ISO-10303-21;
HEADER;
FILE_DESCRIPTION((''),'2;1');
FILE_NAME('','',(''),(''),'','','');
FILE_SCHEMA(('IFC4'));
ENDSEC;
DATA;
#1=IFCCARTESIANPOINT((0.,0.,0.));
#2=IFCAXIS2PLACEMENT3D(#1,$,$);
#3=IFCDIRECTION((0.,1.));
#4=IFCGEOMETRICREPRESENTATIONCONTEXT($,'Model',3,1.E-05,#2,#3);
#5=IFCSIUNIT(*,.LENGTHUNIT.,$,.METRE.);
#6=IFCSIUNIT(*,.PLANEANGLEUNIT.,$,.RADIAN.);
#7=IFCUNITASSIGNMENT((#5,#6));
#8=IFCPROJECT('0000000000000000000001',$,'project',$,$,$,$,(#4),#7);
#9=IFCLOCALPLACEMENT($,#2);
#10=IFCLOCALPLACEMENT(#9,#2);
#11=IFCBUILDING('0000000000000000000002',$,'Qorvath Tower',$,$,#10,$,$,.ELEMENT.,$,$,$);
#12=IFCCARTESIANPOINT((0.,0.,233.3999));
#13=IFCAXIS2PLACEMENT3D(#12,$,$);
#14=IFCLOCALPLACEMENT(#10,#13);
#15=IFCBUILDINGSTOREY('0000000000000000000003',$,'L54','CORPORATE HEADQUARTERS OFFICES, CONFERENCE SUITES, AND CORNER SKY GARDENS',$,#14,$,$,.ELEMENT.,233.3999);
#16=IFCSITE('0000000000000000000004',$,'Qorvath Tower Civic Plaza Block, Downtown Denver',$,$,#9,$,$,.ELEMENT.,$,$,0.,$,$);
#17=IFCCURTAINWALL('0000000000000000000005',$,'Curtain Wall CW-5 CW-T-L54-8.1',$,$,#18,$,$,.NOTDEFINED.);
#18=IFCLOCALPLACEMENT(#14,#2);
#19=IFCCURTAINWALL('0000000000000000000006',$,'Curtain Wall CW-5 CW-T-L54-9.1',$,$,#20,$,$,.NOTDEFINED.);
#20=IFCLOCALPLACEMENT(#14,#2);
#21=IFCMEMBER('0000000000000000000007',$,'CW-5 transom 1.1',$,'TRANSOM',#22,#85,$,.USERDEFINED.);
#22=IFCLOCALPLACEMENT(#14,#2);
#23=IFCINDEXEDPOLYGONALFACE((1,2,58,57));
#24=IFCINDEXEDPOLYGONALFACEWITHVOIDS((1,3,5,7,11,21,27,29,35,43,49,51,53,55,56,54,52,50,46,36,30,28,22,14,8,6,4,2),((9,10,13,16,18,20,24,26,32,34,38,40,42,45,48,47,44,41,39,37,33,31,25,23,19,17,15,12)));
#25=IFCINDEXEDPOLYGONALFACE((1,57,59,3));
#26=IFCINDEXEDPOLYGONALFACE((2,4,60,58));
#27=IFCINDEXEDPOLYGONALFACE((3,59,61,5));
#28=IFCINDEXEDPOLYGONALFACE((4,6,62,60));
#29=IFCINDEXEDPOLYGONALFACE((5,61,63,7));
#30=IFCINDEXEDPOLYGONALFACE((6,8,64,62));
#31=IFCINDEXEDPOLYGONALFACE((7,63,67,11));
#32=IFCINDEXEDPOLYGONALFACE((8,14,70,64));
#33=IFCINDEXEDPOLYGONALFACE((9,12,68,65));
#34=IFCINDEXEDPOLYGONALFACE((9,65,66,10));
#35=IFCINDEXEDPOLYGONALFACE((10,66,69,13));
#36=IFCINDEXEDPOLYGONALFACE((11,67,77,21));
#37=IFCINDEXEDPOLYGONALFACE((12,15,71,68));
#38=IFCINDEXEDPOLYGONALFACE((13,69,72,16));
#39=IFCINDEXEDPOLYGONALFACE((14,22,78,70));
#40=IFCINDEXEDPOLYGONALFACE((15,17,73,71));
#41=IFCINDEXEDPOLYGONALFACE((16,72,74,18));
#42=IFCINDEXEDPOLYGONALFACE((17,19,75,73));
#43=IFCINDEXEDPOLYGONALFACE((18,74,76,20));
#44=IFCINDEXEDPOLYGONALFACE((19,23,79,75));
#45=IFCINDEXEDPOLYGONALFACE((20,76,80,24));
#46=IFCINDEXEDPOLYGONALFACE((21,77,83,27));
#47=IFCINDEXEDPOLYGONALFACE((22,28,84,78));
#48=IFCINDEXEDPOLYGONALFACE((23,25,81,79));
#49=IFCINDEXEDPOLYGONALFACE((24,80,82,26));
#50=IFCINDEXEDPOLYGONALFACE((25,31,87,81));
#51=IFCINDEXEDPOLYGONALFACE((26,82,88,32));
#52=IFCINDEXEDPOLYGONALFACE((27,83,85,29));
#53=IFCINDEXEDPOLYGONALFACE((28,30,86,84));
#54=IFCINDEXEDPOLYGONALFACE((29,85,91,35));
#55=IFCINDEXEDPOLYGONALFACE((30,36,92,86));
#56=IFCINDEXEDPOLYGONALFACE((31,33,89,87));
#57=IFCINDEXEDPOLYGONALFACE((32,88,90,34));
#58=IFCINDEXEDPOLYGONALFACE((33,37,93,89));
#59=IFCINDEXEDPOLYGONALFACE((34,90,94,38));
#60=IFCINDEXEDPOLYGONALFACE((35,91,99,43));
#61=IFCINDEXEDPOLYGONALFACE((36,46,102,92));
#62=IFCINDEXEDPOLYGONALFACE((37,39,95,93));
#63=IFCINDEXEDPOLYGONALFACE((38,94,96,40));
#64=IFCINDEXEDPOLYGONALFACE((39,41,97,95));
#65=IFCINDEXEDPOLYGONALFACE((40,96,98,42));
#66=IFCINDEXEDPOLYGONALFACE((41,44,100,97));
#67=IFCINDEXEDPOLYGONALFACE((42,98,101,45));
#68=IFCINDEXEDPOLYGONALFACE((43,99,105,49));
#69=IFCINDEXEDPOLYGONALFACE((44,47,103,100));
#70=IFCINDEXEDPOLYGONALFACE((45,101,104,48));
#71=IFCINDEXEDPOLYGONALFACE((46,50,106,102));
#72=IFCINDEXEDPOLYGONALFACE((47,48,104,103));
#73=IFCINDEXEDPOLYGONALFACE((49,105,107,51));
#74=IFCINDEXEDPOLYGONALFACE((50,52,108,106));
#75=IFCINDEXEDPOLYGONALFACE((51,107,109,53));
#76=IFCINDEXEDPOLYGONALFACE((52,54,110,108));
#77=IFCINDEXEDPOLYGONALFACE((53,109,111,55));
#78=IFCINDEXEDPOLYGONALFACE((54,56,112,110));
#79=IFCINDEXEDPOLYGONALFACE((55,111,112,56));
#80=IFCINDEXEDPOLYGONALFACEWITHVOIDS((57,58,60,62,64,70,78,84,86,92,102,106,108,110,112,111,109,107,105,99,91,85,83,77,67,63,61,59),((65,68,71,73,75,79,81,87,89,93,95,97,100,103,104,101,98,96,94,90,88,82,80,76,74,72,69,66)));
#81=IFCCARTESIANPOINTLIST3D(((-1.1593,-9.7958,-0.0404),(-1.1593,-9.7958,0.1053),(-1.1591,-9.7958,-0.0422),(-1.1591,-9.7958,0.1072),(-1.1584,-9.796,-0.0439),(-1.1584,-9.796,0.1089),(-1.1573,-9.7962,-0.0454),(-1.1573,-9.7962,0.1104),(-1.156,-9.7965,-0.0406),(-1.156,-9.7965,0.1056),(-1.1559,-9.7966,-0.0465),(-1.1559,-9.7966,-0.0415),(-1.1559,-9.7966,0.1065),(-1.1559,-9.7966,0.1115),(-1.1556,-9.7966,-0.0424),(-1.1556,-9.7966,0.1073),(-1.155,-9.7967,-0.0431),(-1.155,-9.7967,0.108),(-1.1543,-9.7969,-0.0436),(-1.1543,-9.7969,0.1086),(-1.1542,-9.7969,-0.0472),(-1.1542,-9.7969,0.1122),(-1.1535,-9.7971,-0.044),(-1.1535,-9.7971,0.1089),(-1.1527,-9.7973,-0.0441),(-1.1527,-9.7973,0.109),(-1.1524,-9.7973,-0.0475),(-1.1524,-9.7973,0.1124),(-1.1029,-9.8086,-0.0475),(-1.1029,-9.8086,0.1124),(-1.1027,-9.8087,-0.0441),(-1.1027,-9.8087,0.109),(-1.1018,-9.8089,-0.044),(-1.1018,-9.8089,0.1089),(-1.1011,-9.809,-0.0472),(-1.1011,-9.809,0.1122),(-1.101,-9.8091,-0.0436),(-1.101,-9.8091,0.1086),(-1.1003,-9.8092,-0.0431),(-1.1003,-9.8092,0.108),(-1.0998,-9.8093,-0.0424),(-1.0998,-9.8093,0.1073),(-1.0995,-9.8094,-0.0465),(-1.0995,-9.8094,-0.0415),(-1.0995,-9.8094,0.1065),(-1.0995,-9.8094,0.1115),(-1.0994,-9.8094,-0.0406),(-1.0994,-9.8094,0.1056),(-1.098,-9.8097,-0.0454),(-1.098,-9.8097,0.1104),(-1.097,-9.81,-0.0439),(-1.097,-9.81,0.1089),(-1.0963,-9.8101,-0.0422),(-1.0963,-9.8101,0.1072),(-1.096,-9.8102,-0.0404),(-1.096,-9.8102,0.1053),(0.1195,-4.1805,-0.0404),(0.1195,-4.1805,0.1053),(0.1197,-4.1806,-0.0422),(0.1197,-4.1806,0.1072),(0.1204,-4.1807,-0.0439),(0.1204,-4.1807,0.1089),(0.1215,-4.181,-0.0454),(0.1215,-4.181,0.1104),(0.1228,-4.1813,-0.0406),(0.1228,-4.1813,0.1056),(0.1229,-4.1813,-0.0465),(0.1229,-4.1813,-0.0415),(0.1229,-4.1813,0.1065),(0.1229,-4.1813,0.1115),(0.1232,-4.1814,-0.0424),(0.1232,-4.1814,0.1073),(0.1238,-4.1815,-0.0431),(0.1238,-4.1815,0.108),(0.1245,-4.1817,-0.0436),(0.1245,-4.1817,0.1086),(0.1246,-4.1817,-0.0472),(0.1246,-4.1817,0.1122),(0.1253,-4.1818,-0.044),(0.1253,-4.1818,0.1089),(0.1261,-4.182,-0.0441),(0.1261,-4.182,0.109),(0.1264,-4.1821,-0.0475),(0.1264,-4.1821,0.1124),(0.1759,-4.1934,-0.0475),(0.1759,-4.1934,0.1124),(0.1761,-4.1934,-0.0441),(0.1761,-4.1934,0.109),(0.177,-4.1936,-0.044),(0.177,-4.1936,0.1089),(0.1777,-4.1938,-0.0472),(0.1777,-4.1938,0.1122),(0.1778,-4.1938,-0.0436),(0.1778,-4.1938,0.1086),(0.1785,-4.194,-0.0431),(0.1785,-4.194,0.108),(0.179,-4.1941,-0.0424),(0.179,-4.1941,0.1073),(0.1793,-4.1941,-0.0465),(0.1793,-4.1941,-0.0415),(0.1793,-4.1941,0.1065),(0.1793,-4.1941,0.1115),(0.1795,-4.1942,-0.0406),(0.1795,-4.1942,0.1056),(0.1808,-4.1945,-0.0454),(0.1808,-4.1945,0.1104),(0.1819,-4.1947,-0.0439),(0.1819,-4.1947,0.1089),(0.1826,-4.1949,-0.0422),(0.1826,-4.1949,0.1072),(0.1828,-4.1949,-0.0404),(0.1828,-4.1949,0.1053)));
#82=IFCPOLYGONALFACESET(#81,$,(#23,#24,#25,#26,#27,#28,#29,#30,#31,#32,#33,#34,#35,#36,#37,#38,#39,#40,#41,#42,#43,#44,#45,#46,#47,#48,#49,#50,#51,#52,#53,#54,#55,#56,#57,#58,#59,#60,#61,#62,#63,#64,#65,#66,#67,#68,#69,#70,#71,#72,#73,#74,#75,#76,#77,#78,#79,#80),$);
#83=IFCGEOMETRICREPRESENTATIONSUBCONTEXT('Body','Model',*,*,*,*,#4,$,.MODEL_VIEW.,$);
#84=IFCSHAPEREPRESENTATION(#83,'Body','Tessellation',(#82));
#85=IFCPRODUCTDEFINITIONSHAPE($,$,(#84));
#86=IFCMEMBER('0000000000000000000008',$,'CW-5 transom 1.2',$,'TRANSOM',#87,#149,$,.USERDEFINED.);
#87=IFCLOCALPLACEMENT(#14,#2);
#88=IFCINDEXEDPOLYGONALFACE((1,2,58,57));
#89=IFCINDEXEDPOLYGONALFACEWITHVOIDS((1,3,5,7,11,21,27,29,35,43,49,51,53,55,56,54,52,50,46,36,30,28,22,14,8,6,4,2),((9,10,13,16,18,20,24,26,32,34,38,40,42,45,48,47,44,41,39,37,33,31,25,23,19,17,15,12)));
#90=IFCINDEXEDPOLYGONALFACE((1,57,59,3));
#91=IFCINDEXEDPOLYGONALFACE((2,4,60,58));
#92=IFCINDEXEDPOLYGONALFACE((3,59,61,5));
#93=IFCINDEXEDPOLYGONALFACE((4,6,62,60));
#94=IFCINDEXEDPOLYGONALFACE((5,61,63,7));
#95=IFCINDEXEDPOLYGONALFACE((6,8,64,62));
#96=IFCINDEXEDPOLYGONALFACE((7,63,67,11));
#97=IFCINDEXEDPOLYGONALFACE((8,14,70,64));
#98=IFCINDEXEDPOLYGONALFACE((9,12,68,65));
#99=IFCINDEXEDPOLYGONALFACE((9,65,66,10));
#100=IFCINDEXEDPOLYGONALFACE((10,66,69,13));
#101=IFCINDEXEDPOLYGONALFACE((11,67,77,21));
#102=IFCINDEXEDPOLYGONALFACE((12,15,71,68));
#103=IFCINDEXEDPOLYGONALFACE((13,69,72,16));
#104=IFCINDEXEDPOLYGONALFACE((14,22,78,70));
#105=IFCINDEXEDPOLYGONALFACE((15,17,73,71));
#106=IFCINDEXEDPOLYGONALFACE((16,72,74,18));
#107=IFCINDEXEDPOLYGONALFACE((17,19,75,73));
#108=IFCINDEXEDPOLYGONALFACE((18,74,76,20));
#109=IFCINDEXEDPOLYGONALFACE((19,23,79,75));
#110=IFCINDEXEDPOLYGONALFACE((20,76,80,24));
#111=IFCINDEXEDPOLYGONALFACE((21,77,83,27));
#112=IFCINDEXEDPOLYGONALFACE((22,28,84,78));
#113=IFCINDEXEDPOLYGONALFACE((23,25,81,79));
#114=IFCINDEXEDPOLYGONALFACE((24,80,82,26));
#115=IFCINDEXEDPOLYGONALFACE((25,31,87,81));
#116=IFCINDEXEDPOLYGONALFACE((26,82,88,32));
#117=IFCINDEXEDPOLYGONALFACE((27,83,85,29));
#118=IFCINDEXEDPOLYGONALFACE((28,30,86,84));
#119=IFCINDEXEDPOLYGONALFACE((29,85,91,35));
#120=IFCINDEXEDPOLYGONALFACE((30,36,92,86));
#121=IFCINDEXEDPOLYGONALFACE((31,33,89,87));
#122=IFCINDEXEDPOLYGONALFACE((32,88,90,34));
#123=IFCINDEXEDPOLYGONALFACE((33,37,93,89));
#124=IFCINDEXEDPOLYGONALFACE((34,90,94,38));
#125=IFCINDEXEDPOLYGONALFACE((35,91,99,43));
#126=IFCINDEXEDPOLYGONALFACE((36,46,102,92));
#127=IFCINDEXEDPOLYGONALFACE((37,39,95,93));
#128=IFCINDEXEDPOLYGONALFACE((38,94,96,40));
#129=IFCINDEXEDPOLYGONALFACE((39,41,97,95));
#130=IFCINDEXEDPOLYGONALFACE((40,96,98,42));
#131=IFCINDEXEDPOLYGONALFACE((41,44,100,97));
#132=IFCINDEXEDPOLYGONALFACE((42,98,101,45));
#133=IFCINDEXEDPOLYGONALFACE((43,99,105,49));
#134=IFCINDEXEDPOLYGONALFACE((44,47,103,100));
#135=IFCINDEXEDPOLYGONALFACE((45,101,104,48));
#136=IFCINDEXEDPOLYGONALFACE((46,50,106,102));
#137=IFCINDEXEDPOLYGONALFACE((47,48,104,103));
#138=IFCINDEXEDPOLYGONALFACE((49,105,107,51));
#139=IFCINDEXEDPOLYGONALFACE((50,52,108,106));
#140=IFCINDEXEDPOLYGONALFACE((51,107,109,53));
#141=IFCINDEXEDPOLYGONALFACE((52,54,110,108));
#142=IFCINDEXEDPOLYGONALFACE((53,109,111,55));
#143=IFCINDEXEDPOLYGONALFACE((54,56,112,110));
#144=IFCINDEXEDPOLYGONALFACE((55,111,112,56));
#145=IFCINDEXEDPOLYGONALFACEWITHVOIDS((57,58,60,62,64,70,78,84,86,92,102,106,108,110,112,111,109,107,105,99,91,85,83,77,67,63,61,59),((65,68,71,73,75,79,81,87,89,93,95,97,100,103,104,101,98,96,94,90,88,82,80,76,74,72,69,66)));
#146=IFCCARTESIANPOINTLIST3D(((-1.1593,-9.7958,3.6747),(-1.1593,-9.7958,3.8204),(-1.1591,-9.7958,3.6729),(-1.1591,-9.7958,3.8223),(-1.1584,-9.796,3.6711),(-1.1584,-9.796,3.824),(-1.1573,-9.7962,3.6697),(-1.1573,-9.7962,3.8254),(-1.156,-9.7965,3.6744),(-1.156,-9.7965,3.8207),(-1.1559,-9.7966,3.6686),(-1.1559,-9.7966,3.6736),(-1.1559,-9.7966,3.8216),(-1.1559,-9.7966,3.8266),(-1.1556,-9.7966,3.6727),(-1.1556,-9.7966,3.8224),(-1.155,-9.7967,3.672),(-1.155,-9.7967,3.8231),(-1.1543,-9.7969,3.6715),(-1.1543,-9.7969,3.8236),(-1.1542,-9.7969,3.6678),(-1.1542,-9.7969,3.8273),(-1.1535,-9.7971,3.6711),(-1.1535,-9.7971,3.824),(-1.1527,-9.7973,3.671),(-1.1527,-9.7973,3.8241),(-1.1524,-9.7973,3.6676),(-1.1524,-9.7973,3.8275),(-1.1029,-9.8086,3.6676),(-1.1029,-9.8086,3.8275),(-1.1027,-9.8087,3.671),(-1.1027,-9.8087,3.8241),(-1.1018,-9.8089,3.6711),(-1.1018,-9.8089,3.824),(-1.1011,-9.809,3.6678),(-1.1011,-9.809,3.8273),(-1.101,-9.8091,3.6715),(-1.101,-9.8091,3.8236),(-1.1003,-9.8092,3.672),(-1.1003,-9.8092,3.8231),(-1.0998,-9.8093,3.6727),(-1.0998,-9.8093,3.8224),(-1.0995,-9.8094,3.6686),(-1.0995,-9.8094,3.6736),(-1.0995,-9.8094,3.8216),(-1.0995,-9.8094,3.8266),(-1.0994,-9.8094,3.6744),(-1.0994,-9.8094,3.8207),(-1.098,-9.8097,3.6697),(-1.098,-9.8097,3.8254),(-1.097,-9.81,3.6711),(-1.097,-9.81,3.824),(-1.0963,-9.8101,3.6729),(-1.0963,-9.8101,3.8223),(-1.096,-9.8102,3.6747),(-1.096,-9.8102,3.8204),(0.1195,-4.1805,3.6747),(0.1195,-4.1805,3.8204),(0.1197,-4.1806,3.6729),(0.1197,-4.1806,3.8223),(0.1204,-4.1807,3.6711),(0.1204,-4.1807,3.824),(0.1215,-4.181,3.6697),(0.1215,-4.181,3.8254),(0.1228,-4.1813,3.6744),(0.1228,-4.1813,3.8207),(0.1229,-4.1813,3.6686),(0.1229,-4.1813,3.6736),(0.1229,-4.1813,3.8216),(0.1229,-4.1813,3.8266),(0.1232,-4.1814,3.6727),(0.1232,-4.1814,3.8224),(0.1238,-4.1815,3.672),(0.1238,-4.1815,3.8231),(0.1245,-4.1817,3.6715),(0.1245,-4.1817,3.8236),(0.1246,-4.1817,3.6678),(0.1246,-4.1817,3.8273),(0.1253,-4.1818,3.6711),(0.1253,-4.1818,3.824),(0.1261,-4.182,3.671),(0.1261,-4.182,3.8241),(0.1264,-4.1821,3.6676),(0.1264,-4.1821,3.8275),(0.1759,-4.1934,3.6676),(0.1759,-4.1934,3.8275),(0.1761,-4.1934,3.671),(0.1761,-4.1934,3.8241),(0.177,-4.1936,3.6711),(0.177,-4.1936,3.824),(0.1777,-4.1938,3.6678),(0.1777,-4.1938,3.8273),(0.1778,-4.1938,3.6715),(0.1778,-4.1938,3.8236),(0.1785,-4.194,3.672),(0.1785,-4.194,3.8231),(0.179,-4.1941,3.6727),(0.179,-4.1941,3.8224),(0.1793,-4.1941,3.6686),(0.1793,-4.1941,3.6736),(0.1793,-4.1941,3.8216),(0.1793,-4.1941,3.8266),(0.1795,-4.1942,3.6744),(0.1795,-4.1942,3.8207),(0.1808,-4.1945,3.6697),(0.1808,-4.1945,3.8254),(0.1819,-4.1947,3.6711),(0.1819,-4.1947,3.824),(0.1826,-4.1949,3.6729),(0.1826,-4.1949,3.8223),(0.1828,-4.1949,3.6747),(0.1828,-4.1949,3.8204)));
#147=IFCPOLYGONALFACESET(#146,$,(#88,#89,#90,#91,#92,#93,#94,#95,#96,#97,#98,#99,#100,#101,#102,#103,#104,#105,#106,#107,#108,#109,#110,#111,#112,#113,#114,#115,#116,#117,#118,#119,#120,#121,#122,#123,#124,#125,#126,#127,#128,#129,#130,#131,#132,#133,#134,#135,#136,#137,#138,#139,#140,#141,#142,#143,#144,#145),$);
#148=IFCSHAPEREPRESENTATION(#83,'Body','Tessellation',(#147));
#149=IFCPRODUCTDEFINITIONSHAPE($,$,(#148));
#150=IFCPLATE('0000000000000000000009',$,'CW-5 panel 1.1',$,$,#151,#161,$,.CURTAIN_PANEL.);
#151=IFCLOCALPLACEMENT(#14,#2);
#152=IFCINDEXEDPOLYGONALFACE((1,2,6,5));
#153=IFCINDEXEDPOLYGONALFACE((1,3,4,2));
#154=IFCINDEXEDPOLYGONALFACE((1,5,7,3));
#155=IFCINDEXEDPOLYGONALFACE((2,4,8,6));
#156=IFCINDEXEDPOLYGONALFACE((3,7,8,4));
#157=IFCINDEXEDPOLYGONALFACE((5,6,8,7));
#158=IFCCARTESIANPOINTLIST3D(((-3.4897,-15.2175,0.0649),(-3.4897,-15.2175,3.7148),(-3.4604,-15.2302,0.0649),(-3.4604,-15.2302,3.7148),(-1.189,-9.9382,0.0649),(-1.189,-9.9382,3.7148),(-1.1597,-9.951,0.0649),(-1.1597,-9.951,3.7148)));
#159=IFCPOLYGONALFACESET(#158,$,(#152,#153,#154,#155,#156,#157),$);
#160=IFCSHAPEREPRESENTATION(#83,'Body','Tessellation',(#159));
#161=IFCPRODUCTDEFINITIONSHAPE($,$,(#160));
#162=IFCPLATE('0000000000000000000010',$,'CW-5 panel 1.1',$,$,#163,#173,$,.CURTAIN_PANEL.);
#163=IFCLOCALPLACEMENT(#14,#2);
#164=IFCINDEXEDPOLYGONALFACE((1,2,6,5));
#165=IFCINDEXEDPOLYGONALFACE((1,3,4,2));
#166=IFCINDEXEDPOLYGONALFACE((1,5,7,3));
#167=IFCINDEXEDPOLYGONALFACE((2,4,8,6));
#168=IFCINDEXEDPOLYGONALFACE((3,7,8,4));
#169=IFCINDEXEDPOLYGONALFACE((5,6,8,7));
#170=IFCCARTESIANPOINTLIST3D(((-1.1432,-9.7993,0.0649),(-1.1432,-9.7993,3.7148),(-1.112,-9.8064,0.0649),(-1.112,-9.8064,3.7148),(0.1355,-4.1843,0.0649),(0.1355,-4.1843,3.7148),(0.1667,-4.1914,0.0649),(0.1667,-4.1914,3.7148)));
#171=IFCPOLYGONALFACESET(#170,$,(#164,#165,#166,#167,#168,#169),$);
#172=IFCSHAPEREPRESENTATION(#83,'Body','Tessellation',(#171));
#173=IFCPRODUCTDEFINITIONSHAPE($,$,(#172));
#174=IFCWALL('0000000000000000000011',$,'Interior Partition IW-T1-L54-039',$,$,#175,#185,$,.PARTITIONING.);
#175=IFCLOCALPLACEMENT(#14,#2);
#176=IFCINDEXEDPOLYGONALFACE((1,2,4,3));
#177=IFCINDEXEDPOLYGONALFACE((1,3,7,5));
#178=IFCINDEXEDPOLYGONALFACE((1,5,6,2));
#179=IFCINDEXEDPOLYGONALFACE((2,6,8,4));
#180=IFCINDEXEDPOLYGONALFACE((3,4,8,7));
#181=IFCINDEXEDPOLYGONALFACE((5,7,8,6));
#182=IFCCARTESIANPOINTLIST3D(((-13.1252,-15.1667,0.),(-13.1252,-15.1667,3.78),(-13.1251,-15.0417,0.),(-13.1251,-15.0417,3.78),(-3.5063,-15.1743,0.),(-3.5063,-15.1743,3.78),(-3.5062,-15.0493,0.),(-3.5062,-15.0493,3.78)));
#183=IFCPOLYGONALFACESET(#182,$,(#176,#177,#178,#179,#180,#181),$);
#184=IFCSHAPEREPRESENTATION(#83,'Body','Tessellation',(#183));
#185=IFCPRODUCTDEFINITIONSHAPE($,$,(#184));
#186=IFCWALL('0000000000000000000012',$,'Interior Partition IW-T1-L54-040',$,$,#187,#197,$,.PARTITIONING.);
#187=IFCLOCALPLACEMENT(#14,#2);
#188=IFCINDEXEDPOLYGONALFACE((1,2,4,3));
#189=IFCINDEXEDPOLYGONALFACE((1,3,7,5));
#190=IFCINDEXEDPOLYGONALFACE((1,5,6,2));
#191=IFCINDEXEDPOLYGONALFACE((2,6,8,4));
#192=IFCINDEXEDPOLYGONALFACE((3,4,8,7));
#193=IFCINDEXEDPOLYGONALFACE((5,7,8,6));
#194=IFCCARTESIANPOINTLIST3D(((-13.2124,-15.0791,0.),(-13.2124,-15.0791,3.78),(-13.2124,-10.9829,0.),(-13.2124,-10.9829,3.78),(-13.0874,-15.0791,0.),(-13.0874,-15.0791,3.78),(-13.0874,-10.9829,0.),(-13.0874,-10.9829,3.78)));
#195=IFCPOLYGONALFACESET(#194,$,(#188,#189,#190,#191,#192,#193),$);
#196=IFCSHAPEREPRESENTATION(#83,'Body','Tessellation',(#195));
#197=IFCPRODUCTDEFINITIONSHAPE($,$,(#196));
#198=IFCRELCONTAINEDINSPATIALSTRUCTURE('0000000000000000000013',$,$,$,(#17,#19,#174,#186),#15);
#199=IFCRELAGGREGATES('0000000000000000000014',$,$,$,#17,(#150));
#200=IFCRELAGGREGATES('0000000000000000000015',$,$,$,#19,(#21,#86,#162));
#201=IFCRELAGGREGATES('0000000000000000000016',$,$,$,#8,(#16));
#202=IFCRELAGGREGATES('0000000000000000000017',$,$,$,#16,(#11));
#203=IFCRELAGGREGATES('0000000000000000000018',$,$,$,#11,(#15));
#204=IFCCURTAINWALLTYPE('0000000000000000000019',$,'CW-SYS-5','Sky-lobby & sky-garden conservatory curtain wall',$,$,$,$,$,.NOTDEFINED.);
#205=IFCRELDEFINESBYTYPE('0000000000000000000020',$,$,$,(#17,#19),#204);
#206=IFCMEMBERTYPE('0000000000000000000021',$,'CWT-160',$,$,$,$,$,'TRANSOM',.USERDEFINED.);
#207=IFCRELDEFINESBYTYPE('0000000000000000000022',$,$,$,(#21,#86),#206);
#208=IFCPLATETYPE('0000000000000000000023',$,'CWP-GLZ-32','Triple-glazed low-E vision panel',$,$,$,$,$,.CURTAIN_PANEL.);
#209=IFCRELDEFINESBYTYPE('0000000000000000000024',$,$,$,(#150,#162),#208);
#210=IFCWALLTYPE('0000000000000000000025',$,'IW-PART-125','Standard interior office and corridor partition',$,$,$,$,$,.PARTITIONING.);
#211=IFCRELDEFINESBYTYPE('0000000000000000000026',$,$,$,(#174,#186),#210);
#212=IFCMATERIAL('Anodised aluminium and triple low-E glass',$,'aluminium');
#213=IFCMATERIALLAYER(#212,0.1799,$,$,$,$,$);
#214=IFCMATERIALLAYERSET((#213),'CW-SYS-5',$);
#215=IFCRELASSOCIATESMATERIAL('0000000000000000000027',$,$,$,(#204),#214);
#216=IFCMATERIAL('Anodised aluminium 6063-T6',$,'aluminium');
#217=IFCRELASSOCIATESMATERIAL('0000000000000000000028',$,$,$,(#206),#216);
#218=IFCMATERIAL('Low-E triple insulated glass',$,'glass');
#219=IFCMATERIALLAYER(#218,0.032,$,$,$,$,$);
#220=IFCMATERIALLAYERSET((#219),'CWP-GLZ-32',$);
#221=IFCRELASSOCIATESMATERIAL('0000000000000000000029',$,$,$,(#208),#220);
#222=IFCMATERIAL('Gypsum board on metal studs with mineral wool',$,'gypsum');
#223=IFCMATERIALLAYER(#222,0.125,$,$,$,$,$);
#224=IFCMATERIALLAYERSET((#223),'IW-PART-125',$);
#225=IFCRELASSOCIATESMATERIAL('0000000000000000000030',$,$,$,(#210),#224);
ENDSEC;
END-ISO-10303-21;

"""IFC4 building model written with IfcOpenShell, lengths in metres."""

from ifc_helpers import new_model, si_unit, direction, frame, frame_2d, origin, origin_2d, place, context, subcontext, project, spatial, rectangle, hollow_rectangle, extrude, material, layer, layer_set, material_profile, profile_set, type_object, element, aggregate, save


model = new_model("IFC4")

# Units and contexts
model_context = context("Model", 3, precision=1e-05, world=origin(), true_north=direction((0.0, 1.0)))
body_context = subcontext(model_context, "Body", "Model", "MODEL_VIEW")
ifc_project = project(units=[si_unit("LENGTHUNIT", "METRE"), si_unit("PLANEANGLEUNIT", "RADIAN")], contexts=[model_context])

# Site, building, storey
site_placement = place(None, origin())
site = spatial("IfcSite", under=ifc_project, at=site_placement, Name="Qorvath Tower Civic Plaza Block, Downtown Denver", CompositionType="ELEMENT", RefElevation=0.0)
building_placement = place(site_placement, origin())
building = spatial("IfcBuilding", under=site, at=building_placement, Name="Qorvath Tower", CompositionType="ELEMENT")
storey_placement = place(building_placement, frame((0.0, 0.0, 233.3999)))
storey = spatial("IfcBuildingStorey", under=building, at=storey_placement, Name="L54", Description="CORPORATE HEADQUARTERS OFFICES, CONFERENCE SUITES, AND CORNER SKY GARDENS", CompositionType="ELEMENT", Elevation=233.3999)

# Curtain walls
ifc_material_1 = material(Name="Anodised aluminium and triple low-E glass", Category="aluminium")
ifc_layer_1 = layer(ifc_material_1, 0.1799)
ifc_layer_set_1 = layer_set([ifc_layer_1], Name="CW-SYS-5")
curtain_wall_type = type_object("IfcCurtainWallType", Name="CW-SYS-5", Description="Sky-lobby & sky-garden conservatory curtain wall", PredefinedType="NOTDEFINED", material=ifc_layer_set_1)
curtain_wall_1_placement = place(storey_placement, origin())
curtain_wall_1 = element("IfcCurtainWall", 1, at=curtain_wall_1_placement, inside=storey, type_object=curtain_wall_type, Name="Curtain Wall CW-5 CW-T-L54-8.1", PredefinedType="NOTDEFINED")
curtain_wall_2_placement = place(storey_placement, origin())
curtain_wall_2 = element("IfcCurtainWall", 2, at=curtain_wall_2_placement, inside=storey, type_object=curtain_wall_type, Name="Curtain Wall CW-5 CW-T-L54-9.1", PredefinedType="NOTDEFINED")

# Members
ifc_material_2 = material(Name="Anodised aluminium 6063-T6", Category="aluminium")
ifc_material_profile_1 = material_profile(ifc_material_2, hollow_rectangle(XDim=0.0649, YDim=0.1599, WallThickness=0.0034, InnerFilletRadius=0.0034, OuterFilletRadius=0.0071, at=origin_2d()), Name="CWT 160x65")
ifc_profile_set_1 = profile_set([ifc_material_profile_1], Name="Anodised aluminium 6063-T6")
member_type_1 = type_object("IfcMemberType", Name="CWT-160", ElementType="TRANSOM", PredefinedType="USERDEFINED", material=ifc_profile_set_1)
member_1_placement = place(storey_placement, frame((-1.1277, -9.803, 0.0325), z_axis=(0.222054, 0.975034, 0.0), x_axis=(-0.975034, 0.222054, 0.0)))
member_1 = element("IfcMember", 3, at=member_1_placement, type_object=member_type_1, Name="CW-5 transom 1.1", ObjectType="TRANSOM", PredefinedType="USERDEFINED", context=body_context, shape_type="SweptSolid", body=[
    extrude(hollow_rectangle(XDim=0.0649, YDim=0.1599, WallThickness=0.0034, InnerFilletRadius=0.0034, OuterFilletRadius=0.0071, at=origin_2d()), origin(), (0.0, 0.0, 1.0), 5.759),
])
member_2_placement = place(storey_placement, frame((-1.1277, -9.803, 3.7476), z_axis=(0.222054, 0.975034, 0.0), x_axis=(-0.975034, 0.222054, 0.0)))
member_2 = element("IfcMember", 4, at=member_2_placement, type_object=member_type_1, Name="CW-5 transom 1.2", ObjectType="TRANSOM", PredefinedType="USERDEFINED", context=body_context, shape_type="SweptSolid", body=[
    extrude(hollow_rectangle(XDim=0.0649, YDim=0.1599, WallThickness=0.0034, InnerFilletRadius=0.0034, OuterFilletRadius=0.0071, at=origin_2d()), origin(), (0.0, 0.0, 1.0), 5.759),
])

# Plates
ifc_material_3 = material(Name="Low-E triple insulated glass", Category="glass")
ifc_layer_2 = layer(ifc_material_3, 0.032)
ifc_layer_set_2 = layer_set([ifc_layer_2], Name="CWP-GLZ-32")
plate_type = type_object("IfcPlateType", Name="CWP-GLZ-32", Description="Triple-glazed low-E vision panel", PredefinedType="CURTAIN_PANEL", material=ifc_layer_set_2)
plate_1_placement = place(storey_placement, frame((-2.3247, -12.5842, 0.0649), z_axis=(0.0, 0.0, 1.0), x_axis=(0.399511, 0.916729, 0.0)))
plate_1 = element("IfcPlate", 5, at=plate_1_placement, type_object=plate_type, Name="CW-5 panel 1.1", PredefinedType="CURTAIN_PANEL", context=body_context, shape_type="SweptSolid", body=[
    extrude(rectangle(XDim=5.7588, YDim=0.032, at=origin_2d()), origin(), (0.0, 0.0, 1.0), 3.6499),
])
aggregate(curtain_wall_1, [plate_1])
plate_2_placement = place(storey_placement, frame((-0.4883, -6.9954, 0.0649), z_axis=(0.0, 0.0, 1.0), x_axis=(0.222042, 0.975037, 0.0)))
plate_2 = element("IfcPlate", 6, at=plate_2_placement, type_object=plate_type, Name="CW-5 panel 1.1", PredefinedType="CURTAIN_PANEL", context=body_context, shape_type="SweptSolid", body=[
    extrude(rectangle(XDim=5.7588, YDim=0.032, at=origin_2d()), origin(), (0.0, 0.0, 1.0), 3.6499),
])
aggregate(curtain_wall_2, [member_1, member_2, plate_2])

# Walls
ifc_material_4 = material(Name="Gypsum board on metal studs with mineral wool", Category="gypsum")
ifc_layer_3 = layer(ifc_material_4, 0.125)
ifc_layer_set_3 = layer_set([ifc_layer_3], Name="IW-PART-125")
wall_type_1 = type_object("IfcWallType", Name="IW-PART-125", Description="Standard interior office and corridor partition", PredefinedType="PARTITIONING", material=ifc_layer_set_3)
wall_1_placement = place(storey_placement, frame((-3.5061, -15.1118, 0.0), z_axis=(0.0, 0.0, 1.0), x_axis=(-1.0, 0.000787, 0.0)))
element("IfcWall", 7, at=wall_1_placement, inside=storey, type_object=wall_type_1, Name="Interior Partition IW-T1-L54-039", PredefinedType="PARTITIONING", context=body_context, shape_type="SweptSolid", body=[
    extrude(rectangle(XDim=9.6189, YDim=0.125, at=frame_2d((4.8096, 0.0))), origin(), (0.0, 0.0, 1.0), 3.78),
])
wall_2_placement = place(storey_placement, frame((-13.1499, -10.9829, 0.0), z_axis=(0.0, 0.0, 1.0), x_axis=(0.0, -1.0, 0.0)))
element("IfcWall", 8, at=wall_2_placement, inside=storey, type_object=wall_type_1, Name="Interior Partition IW-T1-L54-040", PredefinedType="PARTITIONING", context=body_context, shape_type="SweptSolid", body=[
    extrude(rectangle(XDim=4.0962, YDim=0.125, at=frame_2d((2.0481, 0.0))), origin(), (0.0, 0.0, 1.0), 3.78),
])

save(model, "model.ifc")
